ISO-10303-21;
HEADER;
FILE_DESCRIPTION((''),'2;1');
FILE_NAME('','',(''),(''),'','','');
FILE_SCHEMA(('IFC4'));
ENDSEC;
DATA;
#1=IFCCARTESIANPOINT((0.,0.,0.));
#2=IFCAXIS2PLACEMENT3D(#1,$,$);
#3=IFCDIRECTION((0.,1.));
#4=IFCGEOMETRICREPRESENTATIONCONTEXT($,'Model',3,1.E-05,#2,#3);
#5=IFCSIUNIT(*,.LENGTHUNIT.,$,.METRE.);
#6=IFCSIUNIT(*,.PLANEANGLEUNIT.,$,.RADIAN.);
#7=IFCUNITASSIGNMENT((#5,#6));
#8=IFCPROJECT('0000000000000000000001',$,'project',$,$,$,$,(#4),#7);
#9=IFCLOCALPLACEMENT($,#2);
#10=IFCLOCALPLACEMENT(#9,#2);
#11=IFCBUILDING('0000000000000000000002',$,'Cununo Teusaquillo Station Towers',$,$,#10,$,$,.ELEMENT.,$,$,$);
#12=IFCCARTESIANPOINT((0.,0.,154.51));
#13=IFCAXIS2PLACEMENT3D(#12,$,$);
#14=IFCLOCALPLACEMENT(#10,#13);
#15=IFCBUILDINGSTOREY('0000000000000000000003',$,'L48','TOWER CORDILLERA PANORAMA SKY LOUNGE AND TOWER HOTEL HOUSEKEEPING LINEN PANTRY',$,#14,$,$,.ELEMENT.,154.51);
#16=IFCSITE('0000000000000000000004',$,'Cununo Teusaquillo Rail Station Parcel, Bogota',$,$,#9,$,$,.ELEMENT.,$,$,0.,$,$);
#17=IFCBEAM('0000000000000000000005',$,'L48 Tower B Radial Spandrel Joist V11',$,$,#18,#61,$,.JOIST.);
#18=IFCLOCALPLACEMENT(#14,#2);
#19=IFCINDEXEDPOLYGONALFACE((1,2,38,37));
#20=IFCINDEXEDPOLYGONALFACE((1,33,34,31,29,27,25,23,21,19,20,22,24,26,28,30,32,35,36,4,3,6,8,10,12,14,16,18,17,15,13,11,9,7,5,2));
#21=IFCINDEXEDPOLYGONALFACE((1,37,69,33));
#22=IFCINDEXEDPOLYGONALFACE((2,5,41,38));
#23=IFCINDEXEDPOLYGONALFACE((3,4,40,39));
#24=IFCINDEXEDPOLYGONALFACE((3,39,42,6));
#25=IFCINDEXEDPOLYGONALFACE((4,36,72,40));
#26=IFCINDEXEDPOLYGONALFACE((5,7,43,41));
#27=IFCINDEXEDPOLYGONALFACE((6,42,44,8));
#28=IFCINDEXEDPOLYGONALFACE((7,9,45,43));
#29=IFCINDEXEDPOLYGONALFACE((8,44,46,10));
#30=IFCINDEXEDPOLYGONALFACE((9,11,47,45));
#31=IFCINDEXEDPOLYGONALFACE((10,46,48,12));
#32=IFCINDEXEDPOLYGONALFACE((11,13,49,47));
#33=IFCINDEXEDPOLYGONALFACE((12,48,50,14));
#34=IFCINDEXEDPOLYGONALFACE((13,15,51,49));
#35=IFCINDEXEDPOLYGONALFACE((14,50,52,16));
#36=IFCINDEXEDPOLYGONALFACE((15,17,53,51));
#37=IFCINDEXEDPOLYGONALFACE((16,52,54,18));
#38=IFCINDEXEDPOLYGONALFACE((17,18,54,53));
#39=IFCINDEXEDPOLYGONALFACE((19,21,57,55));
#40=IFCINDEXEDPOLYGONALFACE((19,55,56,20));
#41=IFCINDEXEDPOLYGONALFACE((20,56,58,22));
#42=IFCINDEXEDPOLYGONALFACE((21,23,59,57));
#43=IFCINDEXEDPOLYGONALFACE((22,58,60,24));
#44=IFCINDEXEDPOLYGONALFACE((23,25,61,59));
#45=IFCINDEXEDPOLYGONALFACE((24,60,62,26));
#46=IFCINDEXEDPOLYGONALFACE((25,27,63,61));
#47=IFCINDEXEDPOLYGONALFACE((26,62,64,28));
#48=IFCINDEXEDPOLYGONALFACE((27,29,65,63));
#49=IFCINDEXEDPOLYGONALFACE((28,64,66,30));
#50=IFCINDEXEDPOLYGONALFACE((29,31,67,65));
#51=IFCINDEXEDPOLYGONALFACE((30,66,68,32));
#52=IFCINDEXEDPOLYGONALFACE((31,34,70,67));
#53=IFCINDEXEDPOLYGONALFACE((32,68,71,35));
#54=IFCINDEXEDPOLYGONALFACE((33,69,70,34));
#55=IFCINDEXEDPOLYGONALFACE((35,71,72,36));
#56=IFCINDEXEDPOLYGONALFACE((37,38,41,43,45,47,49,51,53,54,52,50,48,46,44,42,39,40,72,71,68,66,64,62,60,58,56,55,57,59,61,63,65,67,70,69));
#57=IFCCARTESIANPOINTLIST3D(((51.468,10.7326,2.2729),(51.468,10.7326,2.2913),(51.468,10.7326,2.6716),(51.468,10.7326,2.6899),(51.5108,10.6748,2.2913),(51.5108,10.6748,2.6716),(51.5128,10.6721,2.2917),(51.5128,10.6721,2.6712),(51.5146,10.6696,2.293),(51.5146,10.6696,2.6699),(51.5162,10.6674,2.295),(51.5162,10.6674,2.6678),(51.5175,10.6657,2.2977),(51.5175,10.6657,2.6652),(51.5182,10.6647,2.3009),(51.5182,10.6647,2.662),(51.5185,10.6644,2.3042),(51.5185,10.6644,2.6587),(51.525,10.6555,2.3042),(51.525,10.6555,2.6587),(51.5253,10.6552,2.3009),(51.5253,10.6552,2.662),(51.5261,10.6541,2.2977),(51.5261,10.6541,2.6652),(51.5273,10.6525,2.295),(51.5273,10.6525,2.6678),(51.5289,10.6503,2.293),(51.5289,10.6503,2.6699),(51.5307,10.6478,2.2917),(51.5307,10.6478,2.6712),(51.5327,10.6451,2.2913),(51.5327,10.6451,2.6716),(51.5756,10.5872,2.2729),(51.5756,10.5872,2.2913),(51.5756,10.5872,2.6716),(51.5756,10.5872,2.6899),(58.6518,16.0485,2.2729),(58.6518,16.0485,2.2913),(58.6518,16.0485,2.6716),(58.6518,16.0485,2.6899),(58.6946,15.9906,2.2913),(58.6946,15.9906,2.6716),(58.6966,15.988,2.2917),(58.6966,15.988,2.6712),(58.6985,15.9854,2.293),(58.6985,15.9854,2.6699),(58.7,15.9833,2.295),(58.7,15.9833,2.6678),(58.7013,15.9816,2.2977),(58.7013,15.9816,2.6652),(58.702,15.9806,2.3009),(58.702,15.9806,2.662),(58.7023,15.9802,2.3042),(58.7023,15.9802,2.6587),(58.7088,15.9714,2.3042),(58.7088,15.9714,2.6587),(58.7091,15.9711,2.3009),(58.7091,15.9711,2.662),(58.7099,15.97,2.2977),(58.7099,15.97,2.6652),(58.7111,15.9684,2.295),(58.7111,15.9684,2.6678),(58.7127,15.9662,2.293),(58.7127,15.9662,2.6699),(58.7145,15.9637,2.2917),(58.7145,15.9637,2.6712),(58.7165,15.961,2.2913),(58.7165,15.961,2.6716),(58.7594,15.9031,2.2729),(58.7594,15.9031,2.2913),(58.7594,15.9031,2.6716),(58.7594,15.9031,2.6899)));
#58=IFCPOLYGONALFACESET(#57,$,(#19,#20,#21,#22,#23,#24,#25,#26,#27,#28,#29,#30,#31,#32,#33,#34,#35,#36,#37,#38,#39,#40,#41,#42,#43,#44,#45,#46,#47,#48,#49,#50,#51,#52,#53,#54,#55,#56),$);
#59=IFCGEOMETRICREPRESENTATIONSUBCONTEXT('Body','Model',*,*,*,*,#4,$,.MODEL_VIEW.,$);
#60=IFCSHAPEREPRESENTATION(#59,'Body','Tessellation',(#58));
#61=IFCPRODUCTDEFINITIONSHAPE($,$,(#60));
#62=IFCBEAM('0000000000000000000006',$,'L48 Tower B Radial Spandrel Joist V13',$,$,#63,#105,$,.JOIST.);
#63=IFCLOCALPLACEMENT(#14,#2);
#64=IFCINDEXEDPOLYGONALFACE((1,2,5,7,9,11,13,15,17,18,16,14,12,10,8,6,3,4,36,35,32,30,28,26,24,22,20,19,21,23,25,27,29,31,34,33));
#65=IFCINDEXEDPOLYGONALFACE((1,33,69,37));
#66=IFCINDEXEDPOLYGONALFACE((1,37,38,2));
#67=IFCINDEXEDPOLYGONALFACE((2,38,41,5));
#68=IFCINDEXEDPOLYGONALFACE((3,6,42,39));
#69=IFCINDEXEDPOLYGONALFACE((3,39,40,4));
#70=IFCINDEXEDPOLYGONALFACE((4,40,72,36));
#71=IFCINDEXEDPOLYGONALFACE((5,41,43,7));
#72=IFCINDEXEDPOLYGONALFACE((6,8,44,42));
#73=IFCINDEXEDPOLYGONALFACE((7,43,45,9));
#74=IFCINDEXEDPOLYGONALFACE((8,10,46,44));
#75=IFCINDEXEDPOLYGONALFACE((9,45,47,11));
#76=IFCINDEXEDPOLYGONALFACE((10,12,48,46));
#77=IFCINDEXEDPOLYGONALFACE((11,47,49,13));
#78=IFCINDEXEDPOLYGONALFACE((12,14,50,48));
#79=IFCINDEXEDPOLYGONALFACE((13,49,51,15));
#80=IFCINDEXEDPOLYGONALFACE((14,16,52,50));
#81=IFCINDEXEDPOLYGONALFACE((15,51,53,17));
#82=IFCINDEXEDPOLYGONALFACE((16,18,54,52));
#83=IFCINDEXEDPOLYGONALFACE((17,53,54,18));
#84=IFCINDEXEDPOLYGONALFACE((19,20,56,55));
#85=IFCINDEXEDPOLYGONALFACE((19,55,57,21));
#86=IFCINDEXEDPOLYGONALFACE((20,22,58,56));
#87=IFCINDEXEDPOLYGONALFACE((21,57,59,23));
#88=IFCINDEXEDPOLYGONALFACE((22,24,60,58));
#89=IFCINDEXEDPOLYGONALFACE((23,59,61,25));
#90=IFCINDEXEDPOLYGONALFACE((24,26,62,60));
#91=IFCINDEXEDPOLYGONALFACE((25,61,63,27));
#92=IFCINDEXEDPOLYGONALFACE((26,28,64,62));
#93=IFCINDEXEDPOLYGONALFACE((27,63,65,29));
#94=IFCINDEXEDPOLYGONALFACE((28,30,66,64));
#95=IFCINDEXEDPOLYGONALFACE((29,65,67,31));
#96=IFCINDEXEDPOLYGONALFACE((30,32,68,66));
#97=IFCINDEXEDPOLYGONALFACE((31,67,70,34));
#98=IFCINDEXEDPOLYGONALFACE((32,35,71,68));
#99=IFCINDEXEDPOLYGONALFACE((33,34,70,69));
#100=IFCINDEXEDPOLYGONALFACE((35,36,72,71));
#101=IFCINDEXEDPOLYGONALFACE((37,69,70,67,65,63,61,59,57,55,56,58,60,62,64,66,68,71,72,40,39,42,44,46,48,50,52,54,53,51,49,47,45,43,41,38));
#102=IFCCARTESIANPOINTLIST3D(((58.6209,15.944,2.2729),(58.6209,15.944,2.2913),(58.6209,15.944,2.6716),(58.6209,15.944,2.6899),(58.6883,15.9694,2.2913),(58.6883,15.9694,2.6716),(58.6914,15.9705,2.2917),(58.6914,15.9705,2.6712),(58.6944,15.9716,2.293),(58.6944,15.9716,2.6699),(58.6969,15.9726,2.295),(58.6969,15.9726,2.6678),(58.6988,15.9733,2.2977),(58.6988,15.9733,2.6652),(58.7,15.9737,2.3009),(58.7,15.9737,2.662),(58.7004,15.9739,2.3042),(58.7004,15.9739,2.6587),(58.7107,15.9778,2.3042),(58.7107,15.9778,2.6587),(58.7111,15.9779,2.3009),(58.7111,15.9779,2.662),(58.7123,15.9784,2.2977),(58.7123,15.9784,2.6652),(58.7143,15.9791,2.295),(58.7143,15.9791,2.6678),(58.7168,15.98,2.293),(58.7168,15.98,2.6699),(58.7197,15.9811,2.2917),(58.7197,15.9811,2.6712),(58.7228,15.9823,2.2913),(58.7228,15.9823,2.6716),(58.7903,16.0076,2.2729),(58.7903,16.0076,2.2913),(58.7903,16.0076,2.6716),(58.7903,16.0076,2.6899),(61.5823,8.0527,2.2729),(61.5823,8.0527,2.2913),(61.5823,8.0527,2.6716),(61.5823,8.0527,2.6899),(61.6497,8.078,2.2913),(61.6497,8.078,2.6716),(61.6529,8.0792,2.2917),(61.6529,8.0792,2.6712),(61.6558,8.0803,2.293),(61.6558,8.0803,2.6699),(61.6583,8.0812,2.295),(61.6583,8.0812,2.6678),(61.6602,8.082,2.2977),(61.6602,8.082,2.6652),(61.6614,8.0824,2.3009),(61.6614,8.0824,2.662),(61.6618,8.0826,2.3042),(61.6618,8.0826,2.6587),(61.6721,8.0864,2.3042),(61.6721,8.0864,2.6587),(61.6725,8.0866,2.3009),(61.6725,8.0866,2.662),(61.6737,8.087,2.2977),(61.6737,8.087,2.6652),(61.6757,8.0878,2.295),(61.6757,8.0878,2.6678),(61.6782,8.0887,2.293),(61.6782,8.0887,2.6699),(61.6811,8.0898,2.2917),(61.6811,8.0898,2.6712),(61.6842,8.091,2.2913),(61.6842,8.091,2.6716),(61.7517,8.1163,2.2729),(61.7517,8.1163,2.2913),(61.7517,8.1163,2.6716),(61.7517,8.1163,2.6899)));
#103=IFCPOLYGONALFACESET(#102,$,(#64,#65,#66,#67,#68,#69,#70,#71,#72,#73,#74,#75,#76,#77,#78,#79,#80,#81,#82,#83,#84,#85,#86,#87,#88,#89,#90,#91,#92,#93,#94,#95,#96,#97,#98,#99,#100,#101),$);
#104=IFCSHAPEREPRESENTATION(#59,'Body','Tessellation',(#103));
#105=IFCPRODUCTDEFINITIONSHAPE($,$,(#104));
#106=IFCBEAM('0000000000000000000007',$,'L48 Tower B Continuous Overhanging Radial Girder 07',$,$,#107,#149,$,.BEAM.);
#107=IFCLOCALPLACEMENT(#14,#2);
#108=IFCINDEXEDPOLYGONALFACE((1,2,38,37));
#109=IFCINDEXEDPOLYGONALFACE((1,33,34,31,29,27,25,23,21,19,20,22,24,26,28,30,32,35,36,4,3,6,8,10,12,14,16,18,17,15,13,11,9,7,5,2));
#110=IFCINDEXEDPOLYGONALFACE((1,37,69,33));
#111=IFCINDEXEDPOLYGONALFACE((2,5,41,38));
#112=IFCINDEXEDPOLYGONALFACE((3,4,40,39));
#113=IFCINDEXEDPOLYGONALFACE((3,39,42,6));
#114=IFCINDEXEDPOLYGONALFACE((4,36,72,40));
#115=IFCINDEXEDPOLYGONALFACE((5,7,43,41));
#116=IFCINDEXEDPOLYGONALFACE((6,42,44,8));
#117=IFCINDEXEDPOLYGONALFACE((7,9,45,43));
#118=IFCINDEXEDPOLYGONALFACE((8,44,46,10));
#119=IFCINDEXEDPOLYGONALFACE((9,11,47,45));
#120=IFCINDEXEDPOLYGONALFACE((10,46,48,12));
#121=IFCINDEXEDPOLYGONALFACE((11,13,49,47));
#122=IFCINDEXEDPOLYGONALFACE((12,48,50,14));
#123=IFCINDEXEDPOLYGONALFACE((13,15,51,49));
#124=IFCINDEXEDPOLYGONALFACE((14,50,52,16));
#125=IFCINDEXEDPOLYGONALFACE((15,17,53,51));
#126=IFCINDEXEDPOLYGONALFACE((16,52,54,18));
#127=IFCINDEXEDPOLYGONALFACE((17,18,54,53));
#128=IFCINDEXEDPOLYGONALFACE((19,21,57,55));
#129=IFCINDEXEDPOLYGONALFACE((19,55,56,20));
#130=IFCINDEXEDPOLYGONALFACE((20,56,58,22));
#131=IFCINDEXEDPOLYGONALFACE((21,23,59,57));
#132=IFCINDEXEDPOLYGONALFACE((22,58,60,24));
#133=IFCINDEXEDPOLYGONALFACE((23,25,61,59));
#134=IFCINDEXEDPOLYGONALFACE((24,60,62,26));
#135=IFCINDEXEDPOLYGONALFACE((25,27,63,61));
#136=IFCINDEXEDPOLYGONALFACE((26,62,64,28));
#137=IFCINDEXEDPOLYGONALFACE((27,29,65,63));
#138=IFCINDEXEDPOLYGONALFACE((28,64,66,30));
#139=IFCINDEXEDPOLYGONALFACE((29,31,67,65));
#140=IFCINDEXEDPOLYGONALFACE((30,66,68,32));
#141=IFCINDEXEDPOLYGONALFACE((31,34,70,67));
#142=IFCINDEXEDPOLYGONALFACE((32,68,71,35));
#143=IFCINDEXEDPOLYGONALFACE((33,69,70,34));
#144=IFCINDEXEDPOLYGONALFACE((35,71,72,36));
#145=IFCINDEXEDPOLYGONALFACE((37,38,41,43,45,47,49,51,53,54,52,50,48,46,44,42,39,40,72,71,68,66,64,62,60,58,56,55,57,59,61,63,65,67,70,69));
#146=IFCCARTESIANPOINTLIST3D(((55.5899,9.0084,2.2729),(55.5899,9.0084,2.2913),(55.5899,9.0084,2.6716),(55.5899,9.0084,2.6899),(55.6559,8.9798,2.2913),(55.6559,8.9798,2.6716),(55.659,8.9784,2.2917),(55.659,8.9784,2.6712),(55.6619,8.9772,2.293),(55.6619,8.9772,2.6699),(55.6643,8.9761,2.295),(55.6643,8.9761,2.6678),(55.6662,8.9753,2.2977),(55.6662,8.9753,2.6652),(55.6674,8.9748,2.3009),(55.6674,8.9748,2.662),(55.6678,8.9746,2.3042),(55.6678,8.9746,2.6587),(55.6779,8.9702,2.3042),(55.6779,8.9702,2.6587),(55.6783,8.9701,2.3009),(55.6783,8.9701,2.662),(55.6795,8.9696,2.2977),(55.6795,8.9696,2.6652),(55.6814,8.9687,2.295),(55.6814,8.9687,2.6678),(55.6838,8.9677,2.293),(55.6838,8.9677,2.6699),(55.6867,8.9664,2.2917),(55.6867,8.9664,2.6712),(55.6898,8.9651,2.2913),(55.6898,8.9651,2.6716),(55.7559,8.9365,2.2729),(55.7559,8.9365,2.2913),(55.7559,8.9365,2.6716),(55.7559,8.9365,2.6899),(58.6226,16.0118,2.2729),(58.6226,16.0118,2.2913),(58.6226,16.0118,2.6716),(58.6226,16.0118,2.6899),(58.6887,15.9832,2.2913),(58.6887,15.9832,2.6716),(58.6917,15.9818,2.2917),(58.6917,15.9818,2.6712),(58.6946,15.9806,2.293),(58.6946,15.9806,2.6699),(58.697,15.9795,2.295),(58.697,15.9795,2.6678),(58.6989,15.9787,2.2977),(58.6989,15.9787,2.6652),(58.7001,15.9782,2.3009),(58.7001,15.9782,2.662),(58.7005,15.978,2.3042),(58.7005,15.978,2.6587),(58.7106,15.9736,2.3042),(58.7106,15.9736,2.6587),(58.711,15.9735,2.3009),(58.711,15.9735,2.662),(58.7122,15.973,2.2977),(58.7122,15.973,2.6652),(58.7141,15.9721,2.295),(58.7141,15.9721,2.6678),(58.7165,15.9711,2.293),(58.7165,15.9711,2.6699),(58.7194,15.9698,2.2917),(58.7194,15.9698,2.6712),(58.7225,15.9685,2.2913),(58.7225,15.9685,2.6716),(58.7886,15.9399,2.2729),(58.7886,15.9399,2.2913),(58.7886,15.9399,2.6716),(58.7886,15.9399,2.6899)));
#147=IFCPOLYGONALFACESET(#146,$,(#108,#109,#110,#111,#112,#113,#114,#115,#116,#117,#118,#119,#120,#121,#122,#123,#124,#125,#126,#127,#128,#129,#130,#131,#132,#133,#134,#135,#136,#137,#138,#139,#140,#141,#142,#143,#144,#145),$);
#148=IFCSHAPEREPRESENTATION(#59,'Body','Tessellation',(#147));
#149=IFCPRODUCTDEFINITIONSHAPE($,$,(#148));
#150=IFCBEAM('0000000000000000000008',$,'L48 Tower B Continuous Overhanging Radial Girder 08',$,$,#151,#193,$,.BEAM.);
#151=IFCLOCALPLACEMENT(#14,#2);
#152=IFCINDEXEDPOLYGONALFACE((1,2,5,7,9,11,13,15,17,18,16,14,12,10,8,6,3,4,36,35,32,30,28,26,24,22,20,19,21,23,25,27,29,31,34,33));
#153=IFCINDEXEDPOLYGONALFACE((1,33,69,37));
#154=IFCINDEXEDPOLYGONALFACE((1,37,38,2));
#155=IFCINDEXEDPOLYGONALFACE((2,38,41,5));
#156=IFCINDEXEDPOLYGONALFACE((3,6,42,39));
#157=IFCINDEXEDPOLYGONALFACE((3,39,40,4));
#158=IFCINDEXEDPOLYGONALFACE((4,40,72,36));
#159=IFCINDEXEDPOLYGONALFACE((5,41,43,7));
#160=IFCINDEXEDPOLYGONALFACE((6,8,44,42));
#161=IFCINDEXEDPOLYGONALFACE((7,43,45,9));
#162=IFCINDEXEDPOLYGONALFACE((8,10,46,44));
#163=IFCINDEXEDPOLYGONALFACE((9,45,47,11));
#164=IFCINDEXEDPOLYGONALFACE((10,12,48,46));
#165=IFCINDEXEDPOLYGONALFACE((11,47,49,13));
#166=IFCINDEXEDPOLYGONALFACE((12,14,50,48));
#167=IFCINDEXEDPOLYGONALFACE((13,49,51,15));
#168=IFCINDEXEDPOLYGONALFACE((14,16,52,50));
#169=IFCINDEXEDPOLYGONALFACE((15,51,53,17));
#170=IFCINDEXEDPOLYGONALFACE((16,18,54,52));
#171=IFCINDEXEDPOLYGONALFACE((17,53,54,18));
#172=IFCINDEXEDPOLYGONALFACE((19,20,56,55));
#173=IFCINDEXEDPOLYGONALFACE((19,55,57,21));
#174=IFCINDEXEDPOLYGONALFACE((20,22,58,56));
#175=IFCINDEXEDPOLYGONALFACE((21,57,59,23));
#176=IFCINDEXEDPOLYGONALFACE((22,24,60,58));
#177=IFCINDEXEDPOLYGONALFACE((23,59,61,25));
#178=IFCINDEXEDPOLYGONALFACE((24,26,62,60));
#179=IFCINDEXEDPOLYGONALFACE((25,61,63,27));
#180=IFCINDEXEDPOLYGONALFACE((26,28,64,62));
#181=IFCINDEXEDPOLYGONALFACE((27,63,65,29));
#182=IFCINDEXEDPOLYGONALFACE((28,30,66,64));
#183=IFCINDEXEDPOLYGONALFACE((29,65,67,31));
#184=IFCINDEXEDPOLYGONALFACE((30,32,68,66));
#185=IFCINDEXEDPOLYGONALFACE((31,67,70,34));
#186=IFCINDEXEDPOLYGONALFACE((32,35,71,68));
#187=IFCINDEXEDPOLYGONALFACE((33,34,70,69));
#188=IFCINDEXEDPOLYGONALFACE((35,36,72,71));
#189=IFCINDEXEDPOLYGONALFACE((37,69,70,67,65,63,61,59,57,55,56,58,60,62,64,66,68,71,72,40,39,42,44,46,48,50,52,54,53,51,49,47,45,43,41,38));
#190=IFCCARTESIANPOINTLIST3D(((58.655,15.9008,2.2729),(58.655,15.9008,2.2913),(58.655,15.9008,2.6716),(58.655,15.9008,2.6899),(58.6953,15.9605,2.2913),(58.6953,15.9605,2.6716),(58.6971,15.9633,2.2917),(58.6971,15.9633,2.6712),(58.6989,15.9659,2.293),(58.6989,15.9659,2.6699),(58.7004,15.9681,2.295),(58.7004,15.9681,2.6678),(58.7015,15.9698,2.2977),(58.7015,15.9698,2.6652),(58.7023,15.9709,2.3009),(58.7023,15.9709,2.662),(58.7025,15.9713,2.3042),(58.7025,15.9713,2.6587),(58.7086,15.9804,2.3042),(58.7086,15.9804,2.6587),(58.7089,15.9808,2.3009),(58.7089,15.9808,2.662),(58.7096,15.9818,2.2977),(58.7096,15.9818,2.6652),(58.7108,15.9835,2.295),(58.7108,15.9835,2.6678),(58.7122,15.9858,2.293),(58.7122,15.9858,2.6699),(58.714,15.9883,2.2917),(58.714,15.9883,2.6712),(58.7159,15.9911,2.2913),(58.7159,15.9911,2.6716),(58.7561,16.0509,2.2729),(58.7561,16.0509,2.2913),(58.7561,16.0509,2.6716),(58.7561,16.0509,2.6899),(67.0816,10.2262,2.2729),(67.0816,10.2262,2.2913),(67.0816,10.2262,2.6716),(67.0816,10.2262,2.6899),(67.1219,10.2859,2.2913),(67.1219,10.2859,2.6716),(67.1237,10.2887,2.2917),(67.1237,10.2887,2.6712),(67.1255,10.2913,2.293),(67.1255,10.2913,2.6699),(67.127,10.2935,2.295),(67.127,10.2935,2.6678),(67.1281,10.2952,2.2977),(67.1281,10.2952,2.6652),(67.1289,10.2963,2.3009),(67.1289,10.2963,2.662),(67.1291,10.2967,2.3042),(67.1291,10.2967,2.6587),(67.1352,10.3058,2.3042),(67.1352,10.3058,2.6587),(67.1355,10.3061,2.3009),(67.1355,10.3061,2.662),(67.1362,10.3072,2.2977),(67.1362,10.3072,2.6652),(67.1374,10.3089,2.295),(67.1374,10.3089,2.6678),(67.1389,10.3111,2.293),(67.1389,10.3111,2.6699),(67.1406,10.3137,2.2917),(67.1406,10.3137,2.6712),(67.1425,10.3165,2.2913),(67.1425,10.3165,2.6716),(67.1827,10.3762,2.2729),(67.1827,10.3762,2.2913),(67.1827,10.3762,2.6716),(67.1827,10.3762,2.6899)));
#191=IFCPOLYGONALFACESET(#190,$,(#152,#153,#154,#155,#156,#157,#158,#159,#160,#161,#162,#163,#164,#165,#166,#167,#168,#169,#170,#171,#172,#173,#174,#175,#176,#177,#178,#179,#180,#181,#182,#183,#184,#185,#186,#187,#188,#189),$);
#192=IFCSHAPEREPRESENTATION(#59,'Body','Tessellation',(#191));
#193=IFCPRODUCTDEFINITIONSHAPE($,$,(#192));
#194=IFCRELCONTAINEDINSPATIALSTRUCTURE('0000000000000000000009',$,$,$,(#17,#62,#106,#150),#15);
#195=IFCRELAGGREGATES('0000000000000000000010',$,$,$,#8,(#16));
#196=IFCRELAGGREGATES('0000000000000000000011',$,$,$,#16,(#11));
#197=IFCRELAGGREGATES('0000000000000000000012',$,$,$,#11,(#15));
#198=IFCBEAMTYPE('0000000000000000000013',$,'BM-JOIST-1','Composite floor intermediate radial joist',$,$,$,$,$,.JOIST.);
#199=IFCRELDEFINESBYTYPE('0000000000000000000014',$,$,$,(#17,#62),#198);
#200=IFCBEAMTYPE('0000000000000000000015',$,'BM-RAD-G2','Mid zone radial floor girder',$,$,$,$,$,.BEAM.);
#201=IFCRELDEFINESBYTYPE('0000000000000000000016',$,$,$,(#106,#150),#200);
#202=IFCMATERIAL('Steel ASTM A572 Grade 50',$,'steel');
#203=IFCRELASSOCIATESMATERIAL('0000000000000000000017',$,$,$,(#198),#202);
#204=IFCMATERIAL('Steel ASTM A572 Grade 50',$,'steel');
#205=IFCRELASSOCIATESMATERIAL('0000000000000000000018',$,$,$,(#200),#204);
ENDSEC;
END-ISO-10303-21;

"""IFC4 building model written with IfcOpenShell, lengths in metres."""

from ifc_helpers import new_model, si_unit, direction, frame, origin, origin_2d, place, context, subcontext, project, spatial, i_section, extrude, material, material_profile, profile_set, type_object, element, save


model = new_model("IFC4")

# Units and contexts
model_context = context("Model", 3, precision=1e-05, world=origin(), true_north=direction((0.0, 1.0)))
body_context = subcontext(model_context, "Body", "Model", "MODEL_VIEW")
ifc_project = project(units=[si_unit("LENGTHUNIT", "METRE"), si_unit("PLANEANGLEUNIT", "RADIAN")], contexts=[model_context])

# Site, building, storey
site_placement = place(None, origin())
site = spatial("IfcSite", under=ifc_project, at=site_placement, Name="Cununo Teusaquillo Rail Station Parcel, Bogota", CompositionType="ELEMENT", RefElevation=0.0)
building_placement = place(site_placement, origin())
building = spatial("IfcBuilding", under=site, at=building_placement, Name="Cununo Teusaquillo Station Towers", CompositionType="ELEMENT")
storey_placement = place(building_placement, frame((0.0, 0.0, 154.51)))
storey = spatial("IfcBuildingStorey", under=building, at=storey_placement, Name="L48", Description="TOWER CORDILLERA PANORAMA SKY LOUNGE AND TOWER HOTEL HOUSEKEEPING LINEN PANTRY", CompositionType="ELEMENT", Elevation=154.51)

# Beams
ifc_material_1 = material(Name="Steel ASTM A572 Grade 50", Category="steel")
ifc_material_profile_1 = material_profile(ifc_material_1, i_section(OverallWidth=0.1809, OverallDepth=0.417, WebThickness=0.011, FlangeThickness=0.0183, FilletRadius=0.0129, at=origin_2d()), Name="W16X57")
ifc_profile_set_1 = profile_set([ifc_material_profile_1], Name="Steel ASTM A572 Grade 50")
beam_type_1 = type_object("IfcBeamType", Name="BM-JOIST-1", Description="Composite floor intermediate radial joist", PredefinedType="JOIST", material=ifc_profile_set_1)
beam_1_placement = place(storey_placement, frame((58.7056, 15.9758, 2.4814), z_axis=(-0.803848, -0.594834, 0.0), x_axis=(0.594834, -0.803848, 0.0)))
element("IfcBeam", 1, at=beam_1_placement, inside=storey, type_object=beam_type_1, Name="L48 Tower B Radial Spandrel Joist V11", PredefinedType="JOIST", context=body_context, shape_type="SweptSolid", body=[
    extrude(i_section(OverallWidth=0.1809, OverallDepth=0.417, WebThickness=0.011, FlangeThickness=0.0183, FilletRadius=0.0129, at=origin_2d()), origin(), (0.0, 0.0, 1.0), 8.9368),
])
beam_2_placement = place(storey_placement, frame((58.7056, 15.9758, 2.4814), z_axis=(0.351349, -0.936245, 0.0), x_axis=(0.936245, 0.351349, 0.0)))
element("IfcBeam", 2, at=beam_2_placement, inside=storey, type_object=beam_type_1, Name="L48 Tower B Radial Spandrel Joist V13", PredefinedType="JOIST", context=body_context, shape_type="SweptSolid", body=[
    extrude(i_section(OverallWidth=0.1809, OverallDepth=0.417, WebThickness=0.011, FlangeThickness=0.0183, FilletRadius=0.0129, at=origin_2d()), origin(), (0.0, 0.0, 1.0), 8.4287),
])
ifc_material_2 = material(Name="Steel ASTM A572 Grade 50", Category="steel")
ifc_material_profile_2 = material_profile(ifc_material_2, i_section(OverallWidth=0.1809, OverallDepth=0.417, WebThickness=0.011, FlangeThickness=0.0183, FilletRadius=0.0129, at=origin_2d()), Name="W16X57")
ifc_profile_set_2 = profile_set([ifc_material_profile_2], Name="Steel ASTM A572 Grade 50")
beam_type_2 = type_object("IfcBeamType", Name="BM-RAD-G2", Description="Mid zone radial floor girder", PredefinedType="BEAM", material=ifc_profile_set_2)
beam_3_placement = place(storey_placement, frame((58.7056, 15.9758, 2.4814), z_axis=(-0.397376, -0.917656, 0.0), x_axis=(0.917656, -0.397376, 0.0)))
element("IfcBeam", 3, at=beam_3_placement, inside=storey, type_object=beam_type_2, Name="L48 Tower B Continuous Overhanging Radial Girder 07", PredefinedType="BEAM", context=body_context, shape_type="SweptSolid", body=[
    extrude(i_section(OverallWidth=0.1809, OverallDepth=0.417, WebThickness=0.011, FlangeThickness=0.0183, FilletRadius=0.0129, at=origin_2d()), origin(), (0.0, 0.0, 1.0), 7.6318),
])
beam_4_placement = place(storey_placement, frame((58.7056, 15.9758, 2.4814), z_axis=(0.829457, -0.558571, 0.0), x_axis=(0.558571, 0.829457, 0.0)))
element("IfcBeam", 4, at=beam_4_placement, inside=storey, type_object=beam_type_2, Name="L48 Tower B Continuous Overhanging Radial Girder 08", PredefinedType="BEAM", context=body_context, shape_type="SweptSolid", body=[
    extrude(i_section(OverallWidth=0.1809, OverallDepth=0.417, WebThickness=0.011, FlangeThickness=0.0183, FilletRadius=0.0129, at=origin_2d()), origin(), (0.0, 0.0, 1.0), 10.1592),
])

save(model, "model.ifc")
